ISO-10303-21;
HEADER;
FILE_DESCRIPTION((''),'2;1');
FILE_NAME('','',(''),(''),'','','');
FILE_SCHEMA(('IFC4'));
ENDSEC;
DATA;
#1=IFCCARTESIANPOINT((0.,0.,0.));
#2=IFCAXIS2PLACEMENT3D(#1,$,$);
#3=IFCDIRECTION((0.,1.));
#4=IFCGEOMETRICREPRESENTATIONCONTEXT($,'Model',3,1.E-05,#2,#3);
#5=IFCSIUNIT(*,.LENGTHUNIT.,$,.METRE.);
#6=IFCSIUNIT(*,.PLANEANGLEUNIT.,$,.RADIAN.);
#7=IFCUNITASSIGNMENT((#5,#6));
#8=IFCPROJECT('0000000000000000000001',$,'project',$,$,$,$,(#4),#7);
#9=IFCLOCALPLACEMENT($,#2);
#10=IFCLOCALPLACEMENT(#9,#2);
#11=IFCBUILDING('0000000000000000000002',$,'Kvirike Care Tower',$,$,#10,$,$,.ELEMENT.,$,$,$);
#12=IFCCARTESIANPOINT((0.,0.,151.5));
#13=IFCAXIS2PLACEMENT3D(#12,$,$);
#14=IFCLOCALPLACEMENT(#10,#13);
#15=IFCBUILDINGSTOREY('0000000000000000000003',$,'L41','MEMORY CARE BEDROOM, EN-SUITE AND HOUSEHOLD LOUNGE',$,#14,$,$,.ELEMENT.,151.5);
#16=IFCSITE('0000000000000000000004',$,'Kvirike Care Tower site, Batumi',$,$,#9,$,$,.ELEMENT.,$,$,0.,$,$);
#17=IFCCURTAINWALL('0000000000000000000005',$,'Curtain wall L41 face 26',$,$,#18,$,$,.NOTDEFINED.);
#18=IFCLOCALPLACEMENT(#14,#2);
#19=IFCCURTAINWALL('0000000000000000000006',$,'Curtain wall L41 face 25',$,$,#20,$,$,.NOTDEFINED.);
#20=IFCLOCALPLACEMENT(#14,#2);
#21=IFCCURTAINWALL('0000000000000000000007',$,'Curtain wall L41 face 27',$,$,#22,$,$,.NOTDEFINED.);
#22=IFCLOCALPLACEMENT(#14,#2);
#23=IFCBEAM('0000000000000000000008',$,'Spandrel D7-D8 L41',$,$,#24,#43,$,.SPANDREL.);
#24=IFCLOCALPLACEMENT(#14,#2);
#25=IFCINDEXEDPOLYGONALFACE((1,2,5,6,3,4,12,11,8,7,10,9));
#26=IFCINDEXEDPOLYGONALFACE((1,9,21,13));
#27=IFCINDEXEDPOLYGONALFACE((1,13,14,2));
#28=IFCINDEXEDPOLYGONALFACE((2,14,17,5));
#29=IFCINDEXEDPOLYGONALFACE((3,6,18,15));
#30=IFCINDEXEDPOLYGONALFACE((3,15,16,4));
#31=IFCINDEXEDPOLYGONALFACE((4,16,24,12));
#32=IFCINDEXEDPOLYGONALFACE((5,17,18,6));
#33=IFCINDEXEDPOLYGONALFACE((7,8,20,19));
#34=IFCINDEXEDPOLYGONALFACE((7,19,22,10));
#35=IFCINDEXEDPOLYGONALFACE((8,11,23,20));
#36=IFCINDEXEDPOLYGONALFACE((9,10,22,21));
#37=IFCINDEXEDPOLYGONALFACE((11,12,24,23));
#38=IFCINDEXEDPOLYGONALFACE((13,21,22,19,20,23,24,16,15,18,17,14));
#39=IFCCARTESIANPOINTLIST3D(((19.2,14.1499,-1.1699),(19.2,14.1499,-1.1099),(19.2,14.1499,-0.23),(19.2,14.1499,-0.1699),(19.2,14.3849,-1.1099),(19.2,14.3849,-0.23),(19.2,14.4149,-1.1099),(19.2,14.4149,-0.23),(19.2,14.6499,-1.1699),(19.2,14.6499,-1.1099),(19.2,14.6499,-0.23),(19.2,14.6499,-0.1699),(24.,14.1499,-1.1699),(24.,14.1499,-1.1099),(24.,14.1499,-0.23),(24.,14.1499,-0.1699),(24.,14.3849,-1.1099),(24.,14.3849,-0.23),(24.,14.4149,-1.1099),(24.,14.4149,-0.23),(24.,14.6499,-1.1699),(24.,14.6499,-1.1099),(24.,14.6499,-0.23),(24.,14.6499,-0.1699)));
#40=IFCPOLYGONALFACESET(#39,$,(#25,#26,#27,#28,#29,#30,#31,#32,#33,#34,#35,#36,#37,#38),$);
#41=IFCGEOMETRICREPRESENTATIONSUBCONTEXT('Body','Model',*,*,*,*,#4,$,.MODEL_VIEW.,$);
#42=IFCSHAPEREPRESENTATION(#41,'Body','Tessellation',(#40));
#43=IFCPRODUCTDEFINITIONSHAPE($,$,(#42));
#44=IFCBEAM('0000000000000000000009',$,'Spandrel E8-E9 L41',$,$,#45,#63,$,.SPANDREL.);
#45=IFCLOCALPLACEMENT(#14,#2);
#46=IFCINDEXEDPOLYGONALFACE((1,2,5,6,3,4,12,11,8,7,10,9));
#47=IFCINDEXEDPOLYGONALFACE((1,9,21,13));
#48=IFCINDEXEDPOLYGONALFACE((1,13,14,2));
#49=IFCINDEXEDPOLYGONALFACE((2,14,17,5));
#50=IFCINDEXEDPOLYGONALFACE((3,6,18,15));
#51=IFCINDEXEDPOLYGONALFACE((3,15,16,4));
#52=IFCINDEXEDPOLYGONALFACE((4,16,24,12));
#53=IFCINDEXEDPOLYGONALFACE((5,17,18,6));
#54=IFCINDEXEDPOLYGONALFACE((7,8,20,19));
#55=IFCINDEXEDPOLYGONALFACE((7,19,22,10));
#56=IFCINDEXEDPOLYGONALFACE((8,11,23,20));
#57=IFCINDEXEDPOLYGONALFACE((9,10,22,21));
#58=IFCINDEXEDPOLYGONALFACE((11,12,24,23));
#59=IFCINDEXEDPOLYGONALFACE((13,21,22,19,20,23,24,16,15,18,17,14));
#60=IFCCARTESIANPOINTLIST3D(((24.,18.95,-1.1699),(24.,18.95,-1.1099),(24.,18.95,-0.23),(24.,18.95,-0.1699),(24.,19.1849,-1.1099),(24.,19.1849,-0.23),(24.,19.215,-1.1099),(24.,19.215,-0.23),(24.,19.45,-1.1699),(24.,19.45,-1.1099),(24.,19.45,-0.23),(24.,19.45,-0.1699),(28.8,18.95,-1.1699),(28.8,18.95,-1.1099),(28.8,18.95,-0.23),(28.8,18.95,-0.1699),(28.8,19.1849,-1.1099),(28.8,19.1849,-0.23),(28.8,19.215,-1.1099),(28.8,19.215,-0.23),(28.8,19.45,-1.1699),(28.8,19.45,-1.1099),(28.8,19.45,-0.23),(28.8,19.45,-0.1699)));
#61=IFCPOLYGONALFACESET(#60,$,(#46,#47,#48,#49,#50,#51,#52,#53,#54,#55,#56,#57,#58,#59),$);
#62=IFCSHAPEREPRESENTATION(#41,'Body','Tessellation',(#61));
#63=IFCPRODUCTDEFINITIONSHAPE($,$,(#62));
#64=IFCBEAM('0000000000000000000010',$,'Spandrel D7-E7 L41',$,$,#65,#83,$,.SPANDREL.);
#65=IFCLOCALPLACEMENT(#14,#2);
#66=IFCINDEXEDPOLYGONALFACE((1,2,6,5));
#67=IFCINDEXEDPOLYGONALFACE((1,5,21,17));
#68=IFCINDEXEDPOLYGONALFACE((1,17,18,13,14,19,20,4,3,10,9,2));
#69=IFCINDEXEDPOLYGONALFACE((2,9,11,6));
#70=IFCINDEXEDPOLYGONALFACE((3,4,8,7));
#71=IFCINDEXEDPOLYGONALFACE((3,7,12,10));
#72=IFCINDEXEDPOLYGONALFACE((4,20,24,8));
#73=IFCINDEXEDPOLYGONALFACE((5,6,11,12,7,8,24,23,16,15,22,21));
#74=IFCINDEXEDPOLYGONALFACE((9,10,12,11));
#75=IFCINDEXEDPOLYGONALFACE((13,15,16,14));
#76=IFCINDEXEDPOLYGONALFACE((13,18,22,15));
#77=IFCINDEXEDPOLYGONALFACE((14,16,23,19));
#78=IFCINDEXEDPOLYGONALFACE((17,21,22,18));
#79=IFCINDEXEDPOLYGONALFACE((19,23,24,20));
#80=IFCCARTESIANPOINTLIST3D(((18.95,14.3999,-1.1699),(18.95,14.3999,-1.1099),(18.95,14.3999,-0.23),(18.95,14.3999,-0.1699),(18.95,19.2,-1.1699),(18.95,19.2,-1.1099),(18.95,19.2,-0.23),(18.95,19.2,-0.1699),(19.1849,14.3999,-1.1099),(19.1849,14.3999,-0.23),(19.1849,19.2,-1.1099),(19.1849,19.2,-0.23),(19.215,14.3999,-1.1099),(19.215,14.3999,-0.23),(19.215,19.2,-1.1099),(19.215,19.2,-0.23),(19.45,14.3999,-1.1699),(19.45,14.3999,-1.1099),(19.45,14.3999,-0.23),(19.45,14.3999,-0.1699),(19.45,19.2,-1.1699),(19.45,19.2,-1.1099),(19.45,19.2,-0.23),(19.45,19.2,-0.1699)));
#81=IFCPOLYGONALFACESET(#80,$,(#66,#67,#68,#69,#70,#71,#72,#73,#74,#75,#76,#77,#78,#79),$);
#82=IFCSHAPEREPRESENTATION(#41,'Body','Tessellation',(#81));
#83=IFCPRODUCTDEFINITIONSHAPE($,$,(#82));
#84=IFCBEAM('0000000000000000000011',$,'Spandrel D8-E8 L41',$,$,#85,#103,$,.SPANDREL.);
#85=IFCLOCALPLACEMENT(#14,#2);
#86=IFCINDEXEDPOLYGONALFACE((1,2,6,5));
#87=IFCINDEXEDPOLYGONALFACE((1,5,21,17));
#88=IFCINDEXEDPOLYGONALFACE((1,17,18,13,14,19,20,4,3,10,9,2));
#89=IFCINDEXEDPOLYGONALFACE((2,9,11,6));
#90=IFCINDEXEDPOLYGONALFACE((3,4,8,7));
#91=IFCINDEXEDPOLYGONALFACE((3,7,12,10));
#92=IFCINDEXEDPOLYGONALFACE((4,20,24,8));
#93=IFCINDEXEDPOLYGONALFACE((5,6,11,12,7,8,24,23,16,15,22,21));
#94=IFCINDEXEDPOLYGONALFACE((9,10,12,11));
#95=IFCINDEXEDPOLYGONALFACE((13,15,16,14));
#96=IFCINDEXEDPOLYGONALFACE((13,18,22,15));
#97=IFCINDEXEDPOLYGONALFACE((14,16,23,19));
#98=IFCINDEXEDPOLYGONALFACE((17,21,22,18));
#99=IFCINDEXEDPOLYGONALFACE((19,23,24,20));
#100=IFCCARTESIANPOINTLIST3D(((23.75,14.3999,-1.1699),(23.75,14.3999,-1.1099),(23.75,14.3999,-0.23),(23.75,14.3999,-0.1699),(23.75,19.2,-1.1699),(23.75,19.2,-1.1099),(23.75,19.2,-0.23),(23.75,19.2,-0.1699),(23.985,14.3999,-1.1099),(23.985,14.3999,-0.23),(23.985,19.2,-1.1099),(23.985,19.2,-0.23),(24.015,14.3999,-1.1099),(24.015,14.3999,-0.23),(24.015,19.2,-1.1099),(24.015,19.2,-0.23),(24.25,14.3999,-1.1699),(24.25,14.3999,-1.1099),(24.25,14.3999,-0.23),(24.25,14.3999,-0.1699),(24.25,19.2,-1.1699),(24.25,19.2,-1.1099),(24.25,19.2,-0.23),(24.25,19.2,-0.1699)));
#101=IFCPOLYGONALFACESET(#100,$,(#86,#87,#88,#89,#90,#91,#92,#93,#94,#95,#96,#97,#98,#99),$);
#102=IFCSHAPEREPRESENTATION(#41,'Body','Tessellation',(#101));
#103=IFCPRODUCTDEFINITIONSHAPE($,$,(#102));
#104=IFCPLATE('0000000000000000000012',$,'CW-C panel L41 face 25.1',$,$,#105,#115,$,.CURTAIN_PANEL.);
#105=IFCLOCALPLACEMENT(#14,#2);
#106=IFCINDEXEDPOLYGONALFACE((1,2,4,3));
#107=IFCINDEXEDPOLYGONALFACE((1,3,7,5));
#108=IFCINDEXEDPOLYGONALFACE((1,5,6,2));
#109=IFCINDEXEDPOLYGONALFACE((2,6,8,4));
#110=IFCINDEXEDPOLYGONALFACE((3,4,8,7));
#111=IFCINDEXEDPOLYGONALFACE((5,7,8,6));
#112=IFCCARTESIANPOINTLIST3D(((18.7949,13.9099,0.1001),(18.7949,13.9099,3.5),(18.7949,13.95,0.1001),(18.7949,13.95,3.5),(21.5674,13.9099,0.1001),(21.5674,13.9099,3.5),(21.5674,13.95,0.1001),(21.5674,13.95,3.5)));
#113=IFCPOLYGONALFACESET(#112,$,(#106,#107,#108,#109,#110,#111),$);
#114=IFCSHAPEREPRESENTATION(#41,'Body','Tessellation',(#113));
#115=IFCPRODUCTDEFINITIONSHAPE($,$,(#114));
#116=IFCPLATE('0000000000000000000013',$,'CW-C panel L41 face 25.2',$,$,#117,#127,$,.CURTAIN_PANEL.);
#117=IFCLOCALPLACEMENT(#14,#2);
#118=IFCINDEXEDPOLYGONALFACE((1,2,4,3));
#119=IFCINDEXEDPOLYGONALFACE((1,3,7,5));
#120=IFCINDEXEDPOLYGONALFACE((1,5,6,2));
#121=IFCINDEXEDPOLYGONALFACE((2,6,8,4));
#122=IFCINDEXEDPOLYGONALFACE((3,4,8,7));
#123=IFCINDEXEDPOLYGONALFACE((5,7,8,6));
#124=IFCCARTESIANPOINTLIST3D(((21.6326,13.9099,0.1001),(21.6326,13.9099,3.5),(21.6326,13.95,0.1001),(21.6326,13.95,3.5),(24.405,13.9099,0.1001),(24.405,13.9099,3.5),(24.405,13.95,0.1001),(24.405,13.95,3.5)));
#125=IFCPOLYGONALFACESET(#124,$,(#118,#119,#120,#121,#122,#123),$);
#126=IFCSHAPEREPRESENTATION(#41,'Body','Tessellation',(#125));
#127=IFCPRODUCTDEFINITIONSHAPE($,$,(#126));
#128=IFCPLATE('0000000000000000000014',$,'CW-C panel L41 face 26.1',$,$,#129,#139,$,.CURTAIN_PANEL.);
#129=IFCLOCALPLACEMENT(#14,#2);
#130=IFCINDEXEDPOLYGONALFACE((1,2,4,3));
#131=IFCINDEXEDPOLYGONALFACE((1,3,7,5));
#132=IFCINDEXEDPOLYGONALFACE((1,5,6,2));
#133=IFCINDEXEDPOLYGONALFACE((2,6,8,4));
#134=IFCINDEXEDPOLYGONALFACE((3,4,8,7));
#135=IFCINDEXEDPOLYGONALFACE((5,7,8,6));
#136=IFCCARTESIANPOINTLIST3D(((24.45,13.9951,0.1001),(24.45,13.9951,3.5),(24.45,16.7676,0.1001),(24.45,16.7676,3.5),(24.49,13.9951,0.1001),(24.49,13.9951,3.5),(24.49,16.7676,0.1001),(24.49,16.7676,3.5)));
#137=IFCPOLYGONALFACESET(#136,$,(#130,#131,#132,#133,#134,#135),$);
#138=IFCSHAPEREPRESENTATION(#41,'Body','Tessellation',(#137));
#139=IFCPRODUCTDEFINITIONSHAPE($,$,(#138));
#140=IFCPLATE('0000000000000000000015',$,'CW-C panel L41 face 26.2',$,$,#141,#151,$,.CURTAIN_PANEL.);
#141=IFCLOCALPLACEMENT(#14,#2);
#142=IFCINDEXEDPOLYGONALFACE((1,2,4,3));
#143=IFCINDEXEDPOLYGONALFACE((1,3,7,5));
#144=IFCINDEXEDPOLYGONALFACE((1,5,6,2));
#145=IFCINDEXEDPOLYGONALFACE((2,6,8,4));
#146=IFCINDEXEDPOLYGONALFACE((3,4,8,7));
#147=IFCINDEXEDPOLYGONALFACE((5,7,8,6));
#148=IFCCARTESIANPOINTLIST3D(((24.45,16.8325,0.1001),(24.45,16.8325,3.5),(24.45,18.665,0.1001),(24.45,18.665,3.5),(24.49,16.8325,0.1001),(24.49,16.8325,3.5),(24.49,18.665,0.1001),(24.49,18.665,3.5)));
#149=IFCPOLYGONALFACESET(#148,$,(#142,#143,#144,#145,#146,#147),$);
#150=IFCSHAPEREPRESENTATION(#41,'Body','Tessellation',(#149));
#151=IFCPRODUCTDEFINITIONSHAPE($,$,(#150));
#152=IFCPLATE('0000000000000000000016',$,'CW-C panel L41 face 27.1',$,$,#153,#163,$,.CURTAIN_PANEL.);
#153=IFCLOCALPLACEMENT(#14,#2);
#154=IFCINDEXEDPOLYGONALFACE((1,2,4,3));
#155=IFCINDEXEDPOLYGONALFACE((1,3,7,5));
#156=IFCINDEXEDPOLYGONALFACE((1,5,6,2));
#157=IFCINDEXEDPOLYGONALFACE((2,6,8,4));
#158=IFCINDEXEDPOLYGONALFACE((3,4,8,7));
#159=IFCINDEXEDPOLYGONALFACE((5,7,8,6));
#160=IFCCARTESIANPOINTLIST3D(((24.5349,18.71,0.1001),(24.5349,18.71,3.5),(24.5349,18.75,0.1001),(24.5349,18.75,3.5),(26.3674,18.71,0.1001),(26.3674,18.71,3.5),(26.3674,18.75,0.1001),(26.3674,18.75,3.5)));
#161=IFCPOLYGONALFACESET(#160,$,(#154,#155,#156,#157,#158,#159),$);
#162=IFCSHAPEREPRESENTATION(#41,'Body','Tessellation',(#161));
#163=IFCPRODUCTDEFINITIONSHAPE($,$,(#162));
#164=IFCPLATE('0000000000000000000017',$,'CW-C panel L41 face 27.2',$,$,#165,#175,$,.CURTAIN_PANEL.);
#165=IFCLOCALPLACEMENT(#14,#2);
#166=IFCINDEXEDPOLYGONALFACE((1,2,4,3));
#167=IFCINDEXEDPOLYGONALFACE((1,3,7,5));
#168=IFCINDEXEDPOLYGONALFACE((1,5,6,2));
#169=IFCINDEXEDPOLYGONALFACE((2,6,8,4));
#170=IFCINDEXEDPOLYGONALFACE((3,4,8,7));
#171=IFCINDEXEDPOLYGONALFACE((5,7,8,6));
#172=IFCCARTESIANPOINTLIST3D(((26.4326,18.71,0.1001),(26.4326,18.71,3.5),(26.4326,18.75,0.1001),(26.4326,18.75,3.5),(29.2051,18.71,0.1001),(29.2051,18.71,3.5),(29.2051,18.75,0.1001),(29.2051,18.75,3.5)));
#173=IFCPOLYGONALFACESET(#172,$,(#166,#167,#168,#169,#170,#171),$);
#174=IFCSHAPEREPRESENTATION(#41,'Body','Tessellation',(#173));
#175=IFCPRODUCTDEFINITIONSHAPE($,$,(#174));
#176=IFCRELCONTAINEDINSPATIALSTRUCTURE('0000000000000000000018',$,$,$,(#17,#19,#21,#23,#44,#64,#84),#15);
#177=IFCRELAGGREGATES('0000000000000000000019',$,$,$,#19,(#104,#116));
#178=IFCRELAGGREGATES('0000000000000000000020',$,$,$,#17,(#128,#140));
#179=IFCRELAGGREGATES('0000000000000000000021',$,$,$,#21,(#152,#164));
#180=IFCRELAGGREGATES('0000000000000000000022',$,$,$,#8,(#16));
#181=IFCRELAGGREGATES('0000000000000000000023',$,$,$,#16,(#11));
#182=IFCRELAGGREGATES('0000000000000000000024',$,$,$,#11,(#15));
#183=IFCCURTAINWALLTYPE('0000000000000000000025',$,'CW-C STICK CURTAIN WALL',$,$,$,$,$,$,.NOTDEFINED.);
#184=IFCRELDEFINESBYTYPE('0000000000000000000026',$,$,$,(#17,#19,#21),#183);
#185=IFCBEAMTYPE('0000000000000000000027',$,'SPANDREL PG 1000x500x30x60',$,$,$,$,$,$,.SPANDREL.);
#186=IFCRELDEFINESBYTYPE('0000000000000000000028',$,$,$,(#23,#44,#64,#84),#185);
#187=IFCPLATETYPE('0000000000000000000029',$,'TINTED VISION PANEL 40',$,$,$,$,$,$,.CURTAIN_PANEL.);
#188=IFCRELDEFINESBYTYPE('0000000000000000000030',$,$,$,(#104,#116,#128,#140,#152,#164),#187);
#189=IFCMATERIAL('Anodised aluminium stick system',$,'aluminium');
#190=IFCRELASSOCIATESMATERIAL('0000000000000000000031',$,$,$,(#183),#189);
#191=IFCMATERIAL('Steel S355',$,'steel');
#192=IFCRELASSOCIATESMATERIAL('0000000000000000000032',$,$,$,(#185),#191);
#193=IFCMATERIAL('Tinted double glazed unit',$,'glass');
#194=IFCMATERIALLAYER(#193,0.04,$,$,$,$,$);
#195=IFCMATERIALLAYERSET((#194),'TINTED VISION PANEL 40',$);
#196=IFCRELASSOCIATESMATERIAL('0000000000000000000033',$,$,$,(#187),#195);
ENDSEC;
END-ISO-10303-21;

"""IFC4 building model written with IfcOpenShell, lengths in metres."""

from ifc_helpers import new_model, si_unit, direction, frame, origin, origin_2d, place, context, subcontext, project, spatial, rectangle, i_section, extrude, material, layer, layer_set, material_profile, profile_set, type_object, element, aggregate, save


model = new_model("IFC4")

# Units and contexts
model_context = context("Model", 3, precision=1e-05, world=origin(), true_north=direction((0.0, 1.0)))
body_context = subcontext(model_context, "Body", "Model", "MODEL_VIEW")
ifc_project = project(units=[si_unit("LENGTHUNIT", "METRE"), si_unit("PLANEANGLEUNIT", "RADIAN")], contexts=[model_context])

# Site, building, storey
site_placement = place(None, origin())
site = spatial("IfcSite", under=ifc_project, at=site_placement, Name="Kvirike Care Tower site, Batumi", CompositionType="ELEMENT", RefElevation=0.0)
building_placement = place(site_placement, origin())
building = spatial("IfcBuilding", under=site, at=building_placement, Name="Kvirike Care Tower", CompositionType="ELEMENT")
storey_placement = place(building_placement, frame((0.0, 0.0, 151.5)))
storey = spatial("IfcBuildingStorey", under=building, at=storey_placement, Name="L41", Description="MEMORY CARE BEDROOM, EN-SUITE AND HOUSEHOLD LOUNGE", CompositionType="ELEMENT", Elevation=151.5)

# Curtain wall
ifc_material_1 = material(Name="Anodised aluminium stick system", Category="aluminium")
curtain_wall_type = type_object("IfcCurtainWallType", Name="CW-C STICK CURTAIN WALL", PredefinedType="NOTDEFINED", material=ifc_material_1)
curtain_wall_1_placement = place(storey_placement, origin())
curtain_wall_1 = element("IfcCurtainWall", 1, at=curtain_wall_1_placement, inside=storey, type_object=curtain_wall_type, Name="Curtain wall L41 face 26", PredefinedType="NOTDEFINED")

# Curtain wall
curtain_wall_2_placement = place(storey_placement, origin())
curtain_wall_2 = element("IfcCurtainWall", 2, at=curtain_wall_2_placement, inside=storey, type_object=curtain_wall_type, Name="Curtain wall L41 face 25", PredefinedType="NOTDEFINED")

# Curtain wall
curtain_wall_3_placement = place(storey_placement, origin())
curtain_wall_3 = element("IfcCurtainWall", 3, at=curtain_wall_3_placement, inside=storey, type_object=curtain_wall_type, Name="Curtain wall L41 face 27", PredefinedType="NOTDEFINED")

# Beams
ifc_material_2 = material(Name="Steel S355", Category="steel")
ifc_material_profile_1 = material_profile(ifc_material_2, i_section(OverallWidth=0.5, OverallDepth=1.0, WebThickness=0.03, FlangeThickness=0.0601, at=origin_2d()), Name="PG 1000x500x30x60")
ifc_profile_set_1 = profile_set([ifc_material_profile_1], Name="Steel S355")
beam_type_1 = type_object("IfcBeamType", Name="SPANDREL PG 1000x500x30x60", PredefinedType="SPANDREL", material=ifc_profile_set_1)
for number, where, z_axis, x_axis, name in (
    (4, (19.2, 14.3999, -0.6699), (1.0, 0.0, 0.0), (0.0, 1.0, 0.0), "Spandrel D7-D8 L41"),
    (5, (24.0, 19.2, -0.6699), (1.0, 0.0, 0.0), (0.0, 1.0, 0.0), "Spandrel E8-E9 L41"),
    (6, (19.2, 14.3999, -0.6699), (0.0, 1.0, 0.0), (-1.0, 0.0, 0.0), "Spandrel D7-E7 L41"),
    (7, (24.0, 14.3999, -0.6699), (0.0, 1.0, 0.0), (-1.0, 0.0, 0.0), "Spandrel D8-E8 L41"),
):
    element("IfcBeam", number, at=place(storey_placement, frame(where, z_axis=z_axis, x_axis=x_axis)), inside=storey, type_object=beam_type_1, Name=name, PredefinedType="SPANDREL", context=body_context, shape_type="SweptSolid", body=[
        extrude(i_section(OverallWidth=0.5, OverallDepth=1.0, WebThickness=0.03, FlangeThickness=0.0601, at=origin_2d()), origin(), (0.0, 0.0, 1.0), 4.8),
    ])

# Plates
ifc_material_3 = material(Name="Tinted double glazed unit", Category="glass")
ifc_layer = layer(ifc_material_3, 0.04)
ifc_layer_set = layer_set([ifc_layer], Name="TINTED VISION PANEL 40")
plate_type = type_object("IfcPlateType", Name="TINTED VISION PANEL 40", PredefinedType="CURTAIN_PANEL", material=ifc_layer_set)
plate_1_placement = place(storey_placement, frame((20.1812, 13.9299, 0.1001), z_axis=(0.0, 0.0, 1.0), x_axis=(1.0, 0.0, 0.0)))
plate_1 = element("IfcPlate", 8, at=plate_1_placement, type_object=plate_type, Name="CW-C panel L41 face 25.1", PredefinedType="CURTAIN_PANEL", context=body_context, shape_type="SweptSolid", body=[
    extrude(rectangle(XDim=2.7725, YDim=0.04, at=origin_2d()), origin(), (0.0, 0.0, 1.0), 3.3999),
])
plate_2_placement = place(storey_placement, frame((23.0188, 13.9299, 0.1001), z_axis=(0.0, 0.0, 1.0), x_axis=(1.0, 0.0, 0.0)))
plate_2 = element("IfcPlate", 9, at=plate_2_placement, type_object=plate_type, Name="CW-C panel L41 face 25.2", PredefinedType="CURTAIN_PANEL", context=body_context, shape_type="SweptSolid", body=[
    extrude(rectangle(XDim=2.7725, YDim=0.04, at=origin_2d()), origin(), (0.0, 0.0, 1.0), 3.3999),
])
aggregate(curtain_wall_2, [plate_1, plate_2])
plate_3_placement = place(storey_placement, frame((24.47, 15.3813, 0.1001), z_axis=(0.0, 0.0, 1.0), x_axis=(0.0, 1.0, 0.0)))
plate_3 = element("IfcPlate", 10, at=plate_3_placement, type_object=plate_type, Name="CW-C panel L41 face 26.1", PredefinedType="CURTAIN_PANEL", context=body_context, shape_type="SweptSolid", body=[
    extrude(rectangle(XDim=2.7725, YDim=0.04, at=origin_2d()), origin(), (0.0, 0.0, 1.0), 3.3999),
])
plate_4_placement = place(storey_placement, frame((24.47, 17.7488, 0.1001), z_axis=(0.0, 0.0, 1.0), x_axis=(0.0, 1.0, 0.0)))
plate_4 = element("IfcPlate", 11, at=plate_4_placement, type_object=plate_type, Name="CW-C panel L41 face 26.2", PredefinedType="CURTAIN_PANEL", context=body_context, shape_type="SweptSolid", body=[
    extrude(rectangle(XDim=1.8325, YDim=0.04, at=origin_2d()), origin(), (0.0, 0.0, 1.0), 3.3999),
])
aggregate(curtain_wall_1, [plate_3, plate_4])
plate_5_placement = place(storey_placement, frame((25.4512, 18.73, 0.1001), z_axis=(0.0, 0.0, 1.0), x_axis=(1.0, 0.0, 0.0)))
plate_5 = element("IfcPlate", 12, at=plate_5_placement, type_object=plate_type, Name="CW-C panel L41 face 27.1", PredefinedType="CURTAIN_PANEL", context=body_context, shape_type="SweptSolid", body=[
    extrude(rectangle(XDim=1.8325, YDim=0.04, at=origin_2d()), origin(), (0.0, 0.0, 1.0), 3.3999),
])
plate_6_placement = place(storey_placement, frame((27.8188, 18.73, 0.1001), z_axis=(0.0, 0.0, 1.0), x_axis=(1.0, 0.0, 0.0)))
plate_6 = element("IfcPlate", 13, at=plate_6_placement, type_object=plate_type, Name="CW-C panel L41 face 27.2", PredefinedType="CURTAIN_PANEL", context=body_context, shape_type="SweptSolid", body=[
    extrude(rectangle(XDim=2.7725, YDim=0.04, at=origin_2d()), origin(), (0.0, 0.0, 1.0), 3.3999),
])
aggregate(curtain_wall_3, [plate_5, plate_6])

save(model, "model.ifc")
